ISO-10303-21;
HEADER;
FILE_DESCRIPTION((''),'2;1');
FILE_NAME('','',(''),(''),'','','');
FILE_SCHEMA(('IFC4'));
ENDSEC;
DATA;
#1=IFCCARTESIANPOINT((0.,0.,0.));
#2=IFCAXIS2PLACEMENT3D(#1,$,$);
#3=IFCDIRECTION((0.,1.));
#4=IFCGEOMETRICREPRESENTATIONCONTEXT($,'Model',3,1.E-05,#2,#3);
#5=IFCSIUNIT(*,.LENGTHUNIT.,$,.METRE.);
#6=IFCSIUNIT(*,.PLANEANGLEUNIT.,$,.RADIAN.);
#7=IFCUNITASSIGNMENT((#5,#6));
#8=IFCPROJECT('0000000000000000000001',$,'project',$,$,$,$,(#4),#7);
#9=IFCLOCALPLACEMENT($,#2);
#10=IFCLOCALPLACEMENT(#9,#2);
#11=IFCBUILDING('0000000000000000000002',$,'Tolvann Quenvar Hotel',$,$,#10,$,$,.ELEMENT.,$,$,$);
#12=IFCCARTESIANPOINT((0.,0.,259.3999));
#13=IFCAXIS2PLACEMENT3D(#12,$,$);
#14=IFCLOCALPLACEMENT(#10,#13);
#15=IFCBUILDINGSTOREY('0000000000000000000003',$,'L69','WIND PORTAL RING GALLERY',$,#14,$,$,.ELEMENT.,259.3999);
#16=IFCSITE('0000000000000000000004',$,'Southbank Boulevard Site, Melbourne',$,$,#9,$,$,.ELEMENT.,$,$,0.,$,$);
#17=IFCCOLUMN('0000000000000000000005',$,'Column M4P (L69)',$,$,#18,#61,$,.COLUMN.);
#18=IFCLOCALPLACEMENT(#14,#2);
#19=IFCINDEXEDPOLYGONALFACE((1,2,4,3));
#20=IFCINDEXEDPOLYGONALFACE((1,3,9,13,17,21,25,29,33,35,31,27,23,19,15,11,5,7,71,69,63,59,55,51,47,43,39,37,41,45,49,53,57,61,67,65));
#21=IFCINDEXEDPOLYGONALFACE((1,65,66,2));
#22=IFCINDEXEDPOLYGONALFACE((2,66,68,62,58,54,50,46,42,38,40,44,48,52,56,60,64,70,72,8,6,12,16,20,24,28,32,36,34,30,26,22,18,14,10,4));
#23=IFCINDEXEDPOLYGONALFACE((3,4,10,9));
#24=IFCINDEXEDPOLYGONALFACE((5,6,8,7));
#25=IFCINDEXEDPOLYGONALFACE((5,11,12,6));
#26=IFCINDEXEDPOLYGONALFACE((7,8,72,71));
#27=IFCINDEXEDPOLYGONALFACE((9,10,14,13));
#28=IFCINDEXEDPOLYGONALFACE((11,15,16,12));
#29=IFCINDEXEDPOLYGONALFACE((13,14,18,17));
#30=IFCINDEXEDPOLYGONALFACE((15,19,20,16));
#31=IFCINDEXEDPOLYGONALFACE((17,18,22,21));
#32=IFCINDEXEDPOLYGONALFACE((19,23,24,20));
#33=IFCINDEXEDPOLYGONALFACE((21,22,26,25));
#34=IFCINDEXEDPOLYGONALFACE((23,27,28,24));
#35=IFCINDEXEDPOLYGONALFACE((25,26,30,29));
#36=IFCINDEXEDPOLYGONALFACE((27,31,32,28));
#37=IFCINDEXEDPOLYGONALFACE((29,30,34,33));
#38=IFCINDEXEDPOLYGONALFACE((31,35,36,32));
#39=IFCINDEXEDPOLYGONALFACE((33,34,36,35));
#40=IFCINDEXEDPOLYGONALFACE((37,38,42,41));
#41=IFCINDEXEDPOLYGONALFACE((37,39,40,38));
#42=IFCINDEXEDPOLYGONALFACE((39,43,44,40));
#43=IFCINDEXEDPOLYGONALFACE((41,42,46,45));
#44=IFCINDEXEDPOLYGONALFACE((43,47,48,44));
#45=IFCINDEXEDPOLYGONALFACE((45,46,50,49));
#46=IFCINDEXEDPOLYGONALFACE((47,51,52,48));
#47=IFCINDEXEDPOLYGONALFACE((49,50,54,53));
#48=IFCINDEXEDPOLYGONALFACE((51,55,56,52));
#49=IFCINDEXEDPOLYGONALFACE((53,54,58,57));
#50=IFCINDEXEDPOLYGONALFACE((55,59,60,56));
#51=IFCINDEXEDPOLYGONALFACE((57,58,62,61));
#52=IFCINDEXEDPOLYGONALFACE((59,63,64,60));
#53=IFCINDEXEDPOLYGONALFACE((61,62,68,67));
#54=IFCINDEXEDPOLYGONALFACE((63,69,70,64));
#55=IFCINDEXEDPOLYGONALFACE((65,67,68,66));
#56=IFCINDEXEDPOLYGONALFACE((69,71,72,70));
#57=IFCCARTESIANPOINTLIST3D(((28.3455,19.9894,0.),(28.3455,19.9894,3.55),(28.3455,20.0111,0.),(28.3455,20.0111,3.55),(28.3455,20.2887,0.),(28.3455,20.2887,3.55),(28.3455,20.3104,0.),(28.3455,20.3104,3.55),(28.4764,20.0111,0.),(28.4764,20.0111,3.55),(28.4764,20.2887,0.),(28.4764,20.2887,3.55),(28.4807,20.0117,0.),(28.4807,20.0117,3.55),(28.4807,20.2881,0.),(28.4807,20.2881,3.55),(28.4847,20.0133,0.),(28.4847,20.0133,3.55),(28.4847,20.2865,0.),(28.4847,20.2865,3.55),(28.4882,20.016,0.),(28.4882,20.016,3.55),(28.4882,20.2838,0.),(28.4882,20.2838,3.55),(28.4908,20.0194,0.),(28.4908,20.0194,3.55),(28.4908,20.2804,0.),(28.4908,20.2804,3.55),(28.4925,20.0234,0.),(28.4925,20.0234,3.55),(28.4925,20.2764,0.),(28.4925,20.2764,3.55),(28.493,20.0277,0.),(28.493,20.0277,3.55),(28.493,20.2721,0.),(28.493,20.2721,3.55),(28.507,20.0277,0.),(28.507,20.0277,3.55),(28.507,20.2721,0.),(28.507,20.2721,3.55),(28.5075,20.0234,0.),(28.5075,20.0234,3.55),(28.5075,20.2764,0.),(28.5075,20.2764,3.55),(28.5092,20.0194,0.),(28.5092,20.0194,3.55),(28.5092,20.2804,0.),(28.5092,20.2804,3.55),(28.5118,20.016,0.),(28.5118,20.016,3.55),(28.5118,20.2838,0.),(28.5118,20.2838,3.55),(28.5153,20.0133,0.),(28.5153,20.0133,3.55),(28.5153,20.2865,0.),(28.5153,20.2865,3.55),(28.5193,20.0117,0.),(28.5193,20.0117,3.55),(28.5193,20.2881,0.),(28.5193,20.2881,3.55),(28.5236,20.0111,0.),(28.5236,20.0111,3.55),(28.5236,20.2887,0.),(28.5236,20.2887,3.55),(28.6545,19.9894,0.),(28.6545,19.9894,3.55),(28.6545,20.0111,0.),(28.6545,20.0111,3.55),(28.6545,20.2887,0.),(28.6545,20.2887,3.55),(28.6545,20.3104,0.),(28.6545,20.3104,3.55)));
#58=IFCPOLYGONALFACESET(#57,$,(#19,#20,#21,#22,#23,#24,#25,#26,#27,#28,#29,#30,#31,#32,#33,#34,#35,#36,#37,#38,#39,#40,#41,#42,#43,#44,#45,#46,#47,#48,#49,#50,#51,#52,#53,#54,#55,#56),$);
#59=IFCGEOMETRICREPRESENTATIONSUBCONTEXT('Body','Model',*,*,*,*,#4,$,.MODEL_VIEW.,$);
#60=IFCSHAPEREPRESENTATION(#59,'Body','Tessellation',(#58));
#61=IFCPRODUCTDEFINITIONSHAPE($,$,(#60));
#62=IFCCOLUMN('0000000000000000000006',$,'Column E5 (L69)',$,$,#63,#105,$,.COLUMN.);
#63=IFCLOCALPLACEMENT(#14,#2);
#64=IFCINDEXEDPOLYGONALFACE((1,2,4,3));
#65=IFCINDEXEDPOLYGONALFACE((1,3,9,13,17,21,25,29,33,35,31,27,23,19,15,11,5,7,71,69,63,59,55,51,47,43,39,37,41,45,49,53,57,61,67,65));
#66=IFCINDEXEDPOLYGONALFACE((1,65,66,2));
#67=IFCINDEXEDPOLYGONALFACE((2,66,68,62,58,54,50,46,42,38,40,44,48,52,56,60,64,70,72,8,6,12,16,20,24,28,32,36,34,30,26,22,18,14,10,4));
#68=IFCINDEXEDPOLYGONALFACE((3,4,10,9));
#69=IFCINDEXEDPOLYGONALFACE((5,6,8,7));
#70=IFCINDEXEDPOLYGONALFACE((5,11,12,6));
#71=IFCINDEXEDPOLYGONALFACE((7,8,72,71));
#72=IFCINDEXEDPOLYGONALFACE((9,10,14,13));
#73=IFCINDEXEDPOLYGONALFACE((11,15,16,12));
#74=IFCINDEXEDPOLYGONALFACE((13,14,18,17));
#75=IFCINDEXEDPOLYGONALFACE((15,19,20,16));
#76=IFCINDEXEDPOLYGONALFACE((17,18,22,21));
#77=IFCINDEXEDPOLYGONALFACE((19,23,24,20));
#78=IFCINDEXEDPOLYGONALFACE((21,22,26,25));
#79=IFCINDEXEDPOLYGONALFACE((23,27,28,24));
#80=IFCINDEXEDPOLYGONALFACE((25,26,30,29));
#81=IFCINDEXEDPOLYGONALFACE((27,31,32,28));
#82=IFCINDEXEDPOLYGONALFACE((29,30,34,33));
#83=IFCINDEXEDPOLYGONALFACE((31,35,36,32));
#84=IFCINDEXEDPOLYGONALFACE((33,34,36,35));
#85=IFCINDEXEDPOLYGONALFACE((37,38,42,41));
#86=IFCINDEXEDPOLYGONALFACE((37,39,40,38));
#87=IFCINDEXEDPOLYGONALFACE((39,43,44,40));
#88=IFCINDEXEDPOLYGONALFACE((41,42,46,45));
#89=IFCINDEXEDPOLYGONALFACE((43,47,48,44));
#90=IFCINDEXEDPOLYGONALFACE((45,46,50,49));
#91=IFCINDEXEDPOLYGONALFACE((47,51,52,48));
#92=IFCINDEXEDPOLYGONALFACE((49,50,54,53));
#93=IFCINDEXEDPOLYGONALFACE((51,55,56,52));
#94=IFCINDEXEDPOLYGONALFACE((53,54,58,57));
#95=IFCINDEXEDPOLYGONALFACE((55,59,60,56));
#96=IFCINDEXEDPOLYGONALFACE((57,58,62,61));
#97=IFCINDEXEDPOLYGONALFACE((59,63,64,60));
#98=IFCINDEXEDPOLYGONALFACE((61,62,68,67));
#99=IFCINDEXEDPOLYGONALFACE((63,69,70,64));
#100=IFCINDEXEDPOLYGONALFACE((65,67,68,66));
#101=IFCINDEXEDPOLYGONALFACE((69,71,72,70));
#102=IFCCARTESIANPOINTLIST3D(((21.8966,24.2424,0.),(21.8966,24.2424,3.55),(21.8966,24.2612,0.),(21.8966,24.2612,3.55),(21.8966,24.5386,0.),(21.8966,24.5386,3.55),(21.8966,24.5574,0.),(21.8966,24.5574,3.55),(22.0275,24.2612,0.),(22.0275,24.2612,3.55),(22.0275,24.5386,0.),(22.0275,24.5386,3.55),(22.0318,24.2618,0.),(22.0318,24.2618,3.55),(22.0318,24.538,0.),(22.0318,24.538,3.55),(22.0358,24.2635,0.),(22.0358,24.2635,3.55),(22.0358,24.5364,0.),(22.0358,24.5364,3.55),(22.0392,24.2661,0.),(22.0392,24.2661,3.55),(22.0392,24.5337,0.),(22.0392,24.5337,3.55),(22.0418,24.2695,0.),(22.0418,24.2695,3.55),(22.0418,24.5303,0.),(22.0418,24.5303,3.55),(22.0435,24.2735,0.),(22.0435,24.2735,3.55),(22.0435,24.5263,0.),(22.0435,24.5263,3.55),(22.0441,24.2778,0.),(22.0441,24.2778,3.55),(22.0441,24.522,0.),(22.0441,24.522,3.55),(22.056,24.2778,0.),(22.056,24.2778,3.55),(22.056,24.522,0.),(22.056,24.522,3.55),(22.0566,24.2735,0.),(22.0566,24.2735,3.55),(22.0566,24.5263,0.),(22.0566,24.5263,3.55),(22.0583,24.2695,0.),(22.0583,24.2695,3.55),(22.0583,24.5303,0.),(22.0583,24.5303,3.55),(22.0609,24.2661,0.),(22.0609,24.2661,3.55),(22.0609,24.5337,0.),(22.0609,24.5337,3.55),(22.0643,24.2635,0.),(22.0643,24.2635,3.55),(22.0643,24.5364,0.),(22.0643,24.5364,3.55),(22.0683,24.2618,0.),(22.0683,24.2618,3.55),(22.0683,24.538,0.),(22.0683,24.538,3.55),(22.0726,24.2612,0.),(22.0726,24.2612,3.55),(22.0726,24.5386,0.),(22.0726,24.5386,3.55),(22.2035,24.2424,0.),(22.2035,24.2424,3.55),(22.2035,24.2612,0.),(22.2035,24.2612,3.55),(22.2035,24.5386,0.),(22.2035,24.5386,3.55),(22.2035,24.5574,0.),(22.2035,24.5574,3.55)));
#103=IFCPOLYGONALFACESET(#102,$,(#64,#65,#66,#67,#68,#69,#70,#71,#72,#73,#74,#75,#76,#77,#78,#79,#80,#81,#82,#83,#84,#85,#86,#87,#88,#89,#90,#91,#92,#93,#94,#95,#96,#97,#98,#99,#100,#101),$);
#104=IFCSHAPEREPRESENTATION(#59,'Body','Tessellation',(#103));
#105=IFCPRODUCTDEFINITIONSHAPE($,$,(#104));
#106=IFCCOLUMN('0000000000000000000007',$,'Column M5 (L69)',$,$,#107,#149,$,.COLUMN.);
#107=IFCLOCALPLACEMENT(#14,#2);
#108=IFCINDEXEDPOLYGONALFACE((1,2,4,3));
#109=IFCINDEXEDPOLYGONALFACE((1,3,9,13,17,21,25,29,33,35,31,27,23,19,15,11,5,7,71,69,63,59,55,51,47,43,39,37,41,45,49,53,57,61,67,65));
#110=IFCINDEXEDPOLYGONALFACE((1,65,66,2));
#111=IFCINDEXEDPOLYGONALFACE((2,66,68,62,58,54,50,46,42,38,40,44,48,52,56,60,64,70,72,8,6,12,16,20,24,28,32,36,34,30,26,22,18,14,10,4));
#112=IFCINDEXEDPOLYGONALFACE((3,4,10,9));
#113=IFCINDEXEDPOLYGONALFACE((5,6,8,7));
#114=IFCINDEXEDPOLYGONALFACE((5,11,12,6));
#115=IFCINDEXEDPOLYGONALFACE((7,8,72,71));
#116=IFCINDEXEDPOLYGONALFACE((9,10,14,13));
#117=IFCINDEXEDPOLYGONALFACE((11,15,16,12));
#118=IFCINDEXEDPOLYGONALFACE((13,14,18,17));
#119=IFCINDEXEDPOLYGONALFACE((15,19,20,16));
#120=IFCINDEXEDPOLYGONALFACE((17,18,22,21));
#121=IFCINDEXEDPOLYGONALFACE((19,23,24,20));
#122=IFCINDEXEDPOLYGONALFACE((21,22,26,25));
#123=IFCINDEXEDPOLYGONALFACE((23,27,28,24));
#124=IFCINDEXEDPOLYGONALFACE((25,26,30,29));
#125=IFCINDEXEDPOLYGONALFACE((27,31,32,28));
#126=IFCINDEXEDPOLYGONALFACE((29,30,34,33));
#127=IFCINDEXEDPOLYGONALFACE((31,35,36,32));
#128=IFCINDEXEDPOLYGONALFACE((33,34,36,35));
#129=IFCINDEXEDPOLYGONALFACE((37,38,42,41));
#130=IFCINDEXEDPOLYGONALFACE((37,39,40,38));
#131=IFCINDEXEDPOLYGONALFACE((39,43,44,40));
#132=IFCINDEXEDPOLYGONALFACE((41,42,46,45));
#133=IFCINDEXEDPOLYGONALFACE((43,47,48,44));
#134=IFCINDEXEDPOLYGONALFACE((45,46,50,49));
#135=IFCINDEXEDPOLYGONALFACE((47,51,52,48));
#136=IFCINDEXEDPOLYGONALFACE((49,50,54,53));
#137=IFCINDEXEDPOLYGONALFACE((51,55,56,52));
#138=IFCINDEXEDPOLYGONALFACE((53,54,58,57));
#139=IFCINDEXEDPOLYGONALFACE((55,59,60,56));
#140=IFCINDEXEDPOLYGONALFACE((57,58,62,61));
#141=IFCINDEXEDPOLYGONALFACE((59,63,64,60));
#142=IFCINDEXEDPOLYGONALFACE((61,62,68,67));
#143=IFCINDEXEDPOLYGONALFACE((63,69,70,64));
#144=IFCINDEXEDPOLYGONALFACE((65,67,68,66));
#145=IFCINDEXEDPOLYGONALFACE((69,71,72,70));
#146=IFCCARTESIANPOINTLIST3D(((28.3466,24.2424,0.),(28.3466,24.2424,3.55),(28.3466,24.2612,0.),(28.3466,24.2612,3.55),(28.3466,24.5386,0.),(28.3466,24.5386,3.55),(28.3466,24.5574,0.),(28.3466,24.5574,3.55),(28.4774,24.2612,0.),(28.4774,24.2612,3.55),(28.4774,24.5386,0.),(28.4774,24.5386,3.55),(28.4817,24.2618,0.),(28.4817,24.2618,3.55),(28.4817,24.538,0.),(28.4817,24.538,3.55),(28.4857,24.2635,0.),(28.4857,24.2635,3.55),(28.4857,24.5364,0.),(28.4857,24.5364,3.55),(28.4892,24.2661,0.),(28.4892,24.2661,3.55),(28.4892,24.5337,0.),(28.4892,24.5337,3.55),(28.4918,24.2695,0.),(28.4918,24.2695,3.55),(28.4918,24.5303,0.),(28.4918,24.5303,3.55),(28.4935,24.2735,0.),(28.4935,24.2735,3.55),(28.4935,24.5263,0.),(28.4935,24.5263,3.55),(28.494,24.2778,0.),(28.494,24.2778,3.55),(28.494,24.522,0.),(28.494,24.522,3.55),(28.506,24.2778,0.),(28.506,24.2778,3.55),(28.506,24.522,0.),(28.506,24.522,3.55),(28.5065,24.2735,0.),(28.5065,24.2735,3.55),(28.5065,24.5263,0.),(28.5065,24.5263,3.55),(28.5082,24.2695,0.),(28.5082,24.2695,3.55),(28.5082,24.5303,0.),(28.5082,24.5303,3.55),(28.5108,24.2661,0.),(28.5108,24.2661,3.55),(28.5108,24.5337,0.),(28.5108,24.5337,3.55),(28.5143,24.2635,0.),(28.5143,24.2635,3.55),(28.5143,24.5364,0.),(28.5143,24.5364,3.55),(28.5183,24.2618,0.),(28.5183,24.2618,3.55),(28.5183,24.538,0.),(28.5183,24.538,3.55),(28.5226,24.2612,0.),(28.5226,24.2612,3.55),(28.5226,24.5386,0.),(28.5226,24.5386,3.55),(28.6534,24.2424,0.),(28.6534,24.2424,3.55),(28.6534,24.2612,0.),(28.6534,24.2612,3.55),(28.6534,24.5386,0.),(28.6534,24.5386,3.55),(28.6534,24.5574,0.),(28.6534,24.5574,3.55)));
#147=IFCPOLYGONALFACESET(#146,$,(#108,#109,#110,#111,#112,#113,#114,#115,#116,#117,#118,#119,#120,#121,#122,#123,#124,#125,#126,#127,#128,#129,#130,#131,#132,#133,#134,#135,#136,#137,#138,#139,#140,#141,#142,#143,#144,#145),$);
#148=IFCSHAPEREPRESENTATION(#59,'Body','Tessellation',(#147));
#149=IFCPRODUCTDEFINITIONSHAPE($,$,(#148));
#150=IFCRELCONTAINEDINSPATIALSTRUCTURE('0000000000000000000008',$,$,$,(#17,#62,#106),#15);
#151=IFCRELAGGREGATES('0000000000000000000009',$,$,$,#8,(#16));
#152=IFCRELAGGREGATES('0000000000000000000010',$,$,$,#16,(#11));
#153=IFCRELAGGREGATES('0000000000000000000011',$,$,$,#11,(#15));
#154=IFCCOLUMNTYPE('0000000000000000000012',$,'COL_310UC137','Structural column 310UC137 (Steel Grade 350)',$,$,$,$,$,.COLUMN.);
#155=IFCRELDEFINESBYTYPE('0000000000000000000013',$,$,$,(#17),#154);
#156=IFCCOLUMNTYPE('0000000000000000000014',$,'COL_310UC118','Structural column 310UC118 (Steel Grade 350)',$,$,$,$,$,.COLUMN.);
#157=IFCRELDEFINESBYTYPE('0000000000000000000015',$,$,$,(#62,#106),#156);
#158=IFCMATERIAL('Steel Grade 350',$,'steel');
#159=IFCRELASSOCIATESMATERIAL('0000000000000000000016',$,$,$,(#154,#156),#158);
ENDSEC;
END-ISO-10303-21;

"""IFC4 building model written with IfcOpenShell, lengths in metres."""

from ifc_helpers import new_model, si_unit, direction, frame, origin, origin_2d, place, context, subcontext, project, spatial, i_section, extrude, source, transform, mapped, material, material_profile, profile_set, type_object, type_shapes, element, save


model = new_model("IFC4")

# Units and contexts
model_context = context("Model", 3, precision=1e-05, world=origin(), true_north=direction((0.0, 1.0)))
body_context = subcontext(model_context, "Body", "Model", "MODEL_VIEW")
ifc_project = project(units=[si_unit("LENGTHUNIT", "METRE"), si_unit("PLANEANGLEUNIT", "RADIAN")], contexts=[model_context])

# Site, building, storey
site_placement = place(None, origin())
site = spatial("IfcSite", under=ifc_project, at=site_placement, Name="Southbank Boulevard Site, Melbourne", CompositionType="ELEMENT", RefElevation=0.0)
building_placement = place(site_placement, origin())
building = spatial("IfcBuilding", under=site, at=building_placement, Name="Tolvann Quenvar Hotel", CompositionType="ELEMENT")
storey_placement = place(building_placement, frame((0.0, 0.0, 259.3999)))
storey = spatial("IfcBuildingStorey", under=building, at=storey_placement, Name="L69", Description="WIND PORTAL RING GALLERY", CompositionType="ELEMENT", Elevation=259.3999)

# Columns
ifc_material_1 = material(Name="Steel Grade 350", Category="steel")
ifc_material_profile_1 = material_profile(ifc_material_1, i_section(OverallWidth=0.3091, OverallDepth=0.321, WebThickness=0.0139, FlangeThickness=0.0217, FilletRadius=0.0166, at=origin_2d()), Name="310UC137")
ifc_profile_set_1 = profile_set([ifc_material_profile_1], Name="Steel Grade 350")
column_type_1 = type_object("IfcColumnType", Name="COL_310UC137", Description="Structural column 310UC137 (Steel Grade 350)", PredefinedType="COLUMN", material=ifc_profile_set_1)
shared_shape_1 = source(origin(), body_context, "Body", "SweptSolid", [
    extrude(i_section(OverallWidth=0.3091, OverallDepth=0.321, WebThickness=0.0139, FlangeThickness=0.0217, FilletRadius=0.0166, at=origin_2d()), origin(), (0.0, 0.0, 1.0), 3.55),
])
type_shapes(column_type_1, [shared_shape_1])
column_placement = place(storey_placement, frame((28.5, 20.1499, 0.0), z_axis=(0.0, 0.0, 1.0), x_axis=(1.0, 0.0, 0.0)))
element("IfcColumn", 1, at=column_placement, inside=storey, type_object=column_type_1, Name="Column M4P (L69)", PredefinedType="COLUMN", context=body_context, shape_type="MappedRepresentation", body=[
    mapped(shared_shape_1, transform((0.0, 0.0, 0.0), x_axis=(1.0, 0.0, 0.0), y_axis=(0.0, 1.0, 0.0), z_axis=(0.0, 0.0, 1.0), scale=1.0)),
])
ifc_material_profile_2 = material_profile(ifc_material_1, i_section(OverallWidth=0.3069, OverallDepth=0.3149, WebThickness=0.012, FlangeThickness=0.0188, FilletRadius=0.0166, at=origin_2d()), Name="310UC118")
ifc_profile_set_2 = profile_set([ifc_material_profile_2], Name="Steel Grade 350")
column_type_2 = type_object("IfcColumnType", Name="COL_310UC118", Description="Structural column 310UC118 (Steel Grade 350)", PredefinedType="COLUMN", material=ifc_profile_set_2)
shared_shape_2 = source(origin(), body_context, "Body", "SweptSolid", [
    extrude(i_section(OverallWidth=0.3069, OverallDepth=0.3149, WebThickness=0.012, FlangeThickness=0.0188, FilletRadius=0.0166, at=origin_2d()), origin(), (0.0, 0.0, 1.0), 3.55),
])
type_shapes(column_type_2, [shared_shape_2])
for number, where, z_axis, x_axis, name in (
    (2, (22.05, 24.3999, 0.0), (0.0, 0.0, 1.0), (1.0, 0.0, 0.0), "Column E5 (L69)"),
    (3, (28.5, 24.3999, 0.0), (0.0, 0.0, 1.0), (1.0, 0.0, 0.0), "Column M5 (L69)"),
):
    element("IfcColumn", number, at=place(storey_placement, frame(where, z_axis=z_axis, x_axis=x_axis)), inside=storey, type_object=column_type_2, Name=name, PredefinedType="COLUMN", context=body_context, shape_type="MappedRepresentation", body=[
        mapped(shared_shape_2, transform((0.0, 0.0, 0.0), x_axis=(1.0, 0.0, 0.0), y_axis=(0.0, 1.0, 0.0), z_axis=(0.0, 0.0, 1.0), scale=1.0)),
    ])

save(model, "model.ifc")
